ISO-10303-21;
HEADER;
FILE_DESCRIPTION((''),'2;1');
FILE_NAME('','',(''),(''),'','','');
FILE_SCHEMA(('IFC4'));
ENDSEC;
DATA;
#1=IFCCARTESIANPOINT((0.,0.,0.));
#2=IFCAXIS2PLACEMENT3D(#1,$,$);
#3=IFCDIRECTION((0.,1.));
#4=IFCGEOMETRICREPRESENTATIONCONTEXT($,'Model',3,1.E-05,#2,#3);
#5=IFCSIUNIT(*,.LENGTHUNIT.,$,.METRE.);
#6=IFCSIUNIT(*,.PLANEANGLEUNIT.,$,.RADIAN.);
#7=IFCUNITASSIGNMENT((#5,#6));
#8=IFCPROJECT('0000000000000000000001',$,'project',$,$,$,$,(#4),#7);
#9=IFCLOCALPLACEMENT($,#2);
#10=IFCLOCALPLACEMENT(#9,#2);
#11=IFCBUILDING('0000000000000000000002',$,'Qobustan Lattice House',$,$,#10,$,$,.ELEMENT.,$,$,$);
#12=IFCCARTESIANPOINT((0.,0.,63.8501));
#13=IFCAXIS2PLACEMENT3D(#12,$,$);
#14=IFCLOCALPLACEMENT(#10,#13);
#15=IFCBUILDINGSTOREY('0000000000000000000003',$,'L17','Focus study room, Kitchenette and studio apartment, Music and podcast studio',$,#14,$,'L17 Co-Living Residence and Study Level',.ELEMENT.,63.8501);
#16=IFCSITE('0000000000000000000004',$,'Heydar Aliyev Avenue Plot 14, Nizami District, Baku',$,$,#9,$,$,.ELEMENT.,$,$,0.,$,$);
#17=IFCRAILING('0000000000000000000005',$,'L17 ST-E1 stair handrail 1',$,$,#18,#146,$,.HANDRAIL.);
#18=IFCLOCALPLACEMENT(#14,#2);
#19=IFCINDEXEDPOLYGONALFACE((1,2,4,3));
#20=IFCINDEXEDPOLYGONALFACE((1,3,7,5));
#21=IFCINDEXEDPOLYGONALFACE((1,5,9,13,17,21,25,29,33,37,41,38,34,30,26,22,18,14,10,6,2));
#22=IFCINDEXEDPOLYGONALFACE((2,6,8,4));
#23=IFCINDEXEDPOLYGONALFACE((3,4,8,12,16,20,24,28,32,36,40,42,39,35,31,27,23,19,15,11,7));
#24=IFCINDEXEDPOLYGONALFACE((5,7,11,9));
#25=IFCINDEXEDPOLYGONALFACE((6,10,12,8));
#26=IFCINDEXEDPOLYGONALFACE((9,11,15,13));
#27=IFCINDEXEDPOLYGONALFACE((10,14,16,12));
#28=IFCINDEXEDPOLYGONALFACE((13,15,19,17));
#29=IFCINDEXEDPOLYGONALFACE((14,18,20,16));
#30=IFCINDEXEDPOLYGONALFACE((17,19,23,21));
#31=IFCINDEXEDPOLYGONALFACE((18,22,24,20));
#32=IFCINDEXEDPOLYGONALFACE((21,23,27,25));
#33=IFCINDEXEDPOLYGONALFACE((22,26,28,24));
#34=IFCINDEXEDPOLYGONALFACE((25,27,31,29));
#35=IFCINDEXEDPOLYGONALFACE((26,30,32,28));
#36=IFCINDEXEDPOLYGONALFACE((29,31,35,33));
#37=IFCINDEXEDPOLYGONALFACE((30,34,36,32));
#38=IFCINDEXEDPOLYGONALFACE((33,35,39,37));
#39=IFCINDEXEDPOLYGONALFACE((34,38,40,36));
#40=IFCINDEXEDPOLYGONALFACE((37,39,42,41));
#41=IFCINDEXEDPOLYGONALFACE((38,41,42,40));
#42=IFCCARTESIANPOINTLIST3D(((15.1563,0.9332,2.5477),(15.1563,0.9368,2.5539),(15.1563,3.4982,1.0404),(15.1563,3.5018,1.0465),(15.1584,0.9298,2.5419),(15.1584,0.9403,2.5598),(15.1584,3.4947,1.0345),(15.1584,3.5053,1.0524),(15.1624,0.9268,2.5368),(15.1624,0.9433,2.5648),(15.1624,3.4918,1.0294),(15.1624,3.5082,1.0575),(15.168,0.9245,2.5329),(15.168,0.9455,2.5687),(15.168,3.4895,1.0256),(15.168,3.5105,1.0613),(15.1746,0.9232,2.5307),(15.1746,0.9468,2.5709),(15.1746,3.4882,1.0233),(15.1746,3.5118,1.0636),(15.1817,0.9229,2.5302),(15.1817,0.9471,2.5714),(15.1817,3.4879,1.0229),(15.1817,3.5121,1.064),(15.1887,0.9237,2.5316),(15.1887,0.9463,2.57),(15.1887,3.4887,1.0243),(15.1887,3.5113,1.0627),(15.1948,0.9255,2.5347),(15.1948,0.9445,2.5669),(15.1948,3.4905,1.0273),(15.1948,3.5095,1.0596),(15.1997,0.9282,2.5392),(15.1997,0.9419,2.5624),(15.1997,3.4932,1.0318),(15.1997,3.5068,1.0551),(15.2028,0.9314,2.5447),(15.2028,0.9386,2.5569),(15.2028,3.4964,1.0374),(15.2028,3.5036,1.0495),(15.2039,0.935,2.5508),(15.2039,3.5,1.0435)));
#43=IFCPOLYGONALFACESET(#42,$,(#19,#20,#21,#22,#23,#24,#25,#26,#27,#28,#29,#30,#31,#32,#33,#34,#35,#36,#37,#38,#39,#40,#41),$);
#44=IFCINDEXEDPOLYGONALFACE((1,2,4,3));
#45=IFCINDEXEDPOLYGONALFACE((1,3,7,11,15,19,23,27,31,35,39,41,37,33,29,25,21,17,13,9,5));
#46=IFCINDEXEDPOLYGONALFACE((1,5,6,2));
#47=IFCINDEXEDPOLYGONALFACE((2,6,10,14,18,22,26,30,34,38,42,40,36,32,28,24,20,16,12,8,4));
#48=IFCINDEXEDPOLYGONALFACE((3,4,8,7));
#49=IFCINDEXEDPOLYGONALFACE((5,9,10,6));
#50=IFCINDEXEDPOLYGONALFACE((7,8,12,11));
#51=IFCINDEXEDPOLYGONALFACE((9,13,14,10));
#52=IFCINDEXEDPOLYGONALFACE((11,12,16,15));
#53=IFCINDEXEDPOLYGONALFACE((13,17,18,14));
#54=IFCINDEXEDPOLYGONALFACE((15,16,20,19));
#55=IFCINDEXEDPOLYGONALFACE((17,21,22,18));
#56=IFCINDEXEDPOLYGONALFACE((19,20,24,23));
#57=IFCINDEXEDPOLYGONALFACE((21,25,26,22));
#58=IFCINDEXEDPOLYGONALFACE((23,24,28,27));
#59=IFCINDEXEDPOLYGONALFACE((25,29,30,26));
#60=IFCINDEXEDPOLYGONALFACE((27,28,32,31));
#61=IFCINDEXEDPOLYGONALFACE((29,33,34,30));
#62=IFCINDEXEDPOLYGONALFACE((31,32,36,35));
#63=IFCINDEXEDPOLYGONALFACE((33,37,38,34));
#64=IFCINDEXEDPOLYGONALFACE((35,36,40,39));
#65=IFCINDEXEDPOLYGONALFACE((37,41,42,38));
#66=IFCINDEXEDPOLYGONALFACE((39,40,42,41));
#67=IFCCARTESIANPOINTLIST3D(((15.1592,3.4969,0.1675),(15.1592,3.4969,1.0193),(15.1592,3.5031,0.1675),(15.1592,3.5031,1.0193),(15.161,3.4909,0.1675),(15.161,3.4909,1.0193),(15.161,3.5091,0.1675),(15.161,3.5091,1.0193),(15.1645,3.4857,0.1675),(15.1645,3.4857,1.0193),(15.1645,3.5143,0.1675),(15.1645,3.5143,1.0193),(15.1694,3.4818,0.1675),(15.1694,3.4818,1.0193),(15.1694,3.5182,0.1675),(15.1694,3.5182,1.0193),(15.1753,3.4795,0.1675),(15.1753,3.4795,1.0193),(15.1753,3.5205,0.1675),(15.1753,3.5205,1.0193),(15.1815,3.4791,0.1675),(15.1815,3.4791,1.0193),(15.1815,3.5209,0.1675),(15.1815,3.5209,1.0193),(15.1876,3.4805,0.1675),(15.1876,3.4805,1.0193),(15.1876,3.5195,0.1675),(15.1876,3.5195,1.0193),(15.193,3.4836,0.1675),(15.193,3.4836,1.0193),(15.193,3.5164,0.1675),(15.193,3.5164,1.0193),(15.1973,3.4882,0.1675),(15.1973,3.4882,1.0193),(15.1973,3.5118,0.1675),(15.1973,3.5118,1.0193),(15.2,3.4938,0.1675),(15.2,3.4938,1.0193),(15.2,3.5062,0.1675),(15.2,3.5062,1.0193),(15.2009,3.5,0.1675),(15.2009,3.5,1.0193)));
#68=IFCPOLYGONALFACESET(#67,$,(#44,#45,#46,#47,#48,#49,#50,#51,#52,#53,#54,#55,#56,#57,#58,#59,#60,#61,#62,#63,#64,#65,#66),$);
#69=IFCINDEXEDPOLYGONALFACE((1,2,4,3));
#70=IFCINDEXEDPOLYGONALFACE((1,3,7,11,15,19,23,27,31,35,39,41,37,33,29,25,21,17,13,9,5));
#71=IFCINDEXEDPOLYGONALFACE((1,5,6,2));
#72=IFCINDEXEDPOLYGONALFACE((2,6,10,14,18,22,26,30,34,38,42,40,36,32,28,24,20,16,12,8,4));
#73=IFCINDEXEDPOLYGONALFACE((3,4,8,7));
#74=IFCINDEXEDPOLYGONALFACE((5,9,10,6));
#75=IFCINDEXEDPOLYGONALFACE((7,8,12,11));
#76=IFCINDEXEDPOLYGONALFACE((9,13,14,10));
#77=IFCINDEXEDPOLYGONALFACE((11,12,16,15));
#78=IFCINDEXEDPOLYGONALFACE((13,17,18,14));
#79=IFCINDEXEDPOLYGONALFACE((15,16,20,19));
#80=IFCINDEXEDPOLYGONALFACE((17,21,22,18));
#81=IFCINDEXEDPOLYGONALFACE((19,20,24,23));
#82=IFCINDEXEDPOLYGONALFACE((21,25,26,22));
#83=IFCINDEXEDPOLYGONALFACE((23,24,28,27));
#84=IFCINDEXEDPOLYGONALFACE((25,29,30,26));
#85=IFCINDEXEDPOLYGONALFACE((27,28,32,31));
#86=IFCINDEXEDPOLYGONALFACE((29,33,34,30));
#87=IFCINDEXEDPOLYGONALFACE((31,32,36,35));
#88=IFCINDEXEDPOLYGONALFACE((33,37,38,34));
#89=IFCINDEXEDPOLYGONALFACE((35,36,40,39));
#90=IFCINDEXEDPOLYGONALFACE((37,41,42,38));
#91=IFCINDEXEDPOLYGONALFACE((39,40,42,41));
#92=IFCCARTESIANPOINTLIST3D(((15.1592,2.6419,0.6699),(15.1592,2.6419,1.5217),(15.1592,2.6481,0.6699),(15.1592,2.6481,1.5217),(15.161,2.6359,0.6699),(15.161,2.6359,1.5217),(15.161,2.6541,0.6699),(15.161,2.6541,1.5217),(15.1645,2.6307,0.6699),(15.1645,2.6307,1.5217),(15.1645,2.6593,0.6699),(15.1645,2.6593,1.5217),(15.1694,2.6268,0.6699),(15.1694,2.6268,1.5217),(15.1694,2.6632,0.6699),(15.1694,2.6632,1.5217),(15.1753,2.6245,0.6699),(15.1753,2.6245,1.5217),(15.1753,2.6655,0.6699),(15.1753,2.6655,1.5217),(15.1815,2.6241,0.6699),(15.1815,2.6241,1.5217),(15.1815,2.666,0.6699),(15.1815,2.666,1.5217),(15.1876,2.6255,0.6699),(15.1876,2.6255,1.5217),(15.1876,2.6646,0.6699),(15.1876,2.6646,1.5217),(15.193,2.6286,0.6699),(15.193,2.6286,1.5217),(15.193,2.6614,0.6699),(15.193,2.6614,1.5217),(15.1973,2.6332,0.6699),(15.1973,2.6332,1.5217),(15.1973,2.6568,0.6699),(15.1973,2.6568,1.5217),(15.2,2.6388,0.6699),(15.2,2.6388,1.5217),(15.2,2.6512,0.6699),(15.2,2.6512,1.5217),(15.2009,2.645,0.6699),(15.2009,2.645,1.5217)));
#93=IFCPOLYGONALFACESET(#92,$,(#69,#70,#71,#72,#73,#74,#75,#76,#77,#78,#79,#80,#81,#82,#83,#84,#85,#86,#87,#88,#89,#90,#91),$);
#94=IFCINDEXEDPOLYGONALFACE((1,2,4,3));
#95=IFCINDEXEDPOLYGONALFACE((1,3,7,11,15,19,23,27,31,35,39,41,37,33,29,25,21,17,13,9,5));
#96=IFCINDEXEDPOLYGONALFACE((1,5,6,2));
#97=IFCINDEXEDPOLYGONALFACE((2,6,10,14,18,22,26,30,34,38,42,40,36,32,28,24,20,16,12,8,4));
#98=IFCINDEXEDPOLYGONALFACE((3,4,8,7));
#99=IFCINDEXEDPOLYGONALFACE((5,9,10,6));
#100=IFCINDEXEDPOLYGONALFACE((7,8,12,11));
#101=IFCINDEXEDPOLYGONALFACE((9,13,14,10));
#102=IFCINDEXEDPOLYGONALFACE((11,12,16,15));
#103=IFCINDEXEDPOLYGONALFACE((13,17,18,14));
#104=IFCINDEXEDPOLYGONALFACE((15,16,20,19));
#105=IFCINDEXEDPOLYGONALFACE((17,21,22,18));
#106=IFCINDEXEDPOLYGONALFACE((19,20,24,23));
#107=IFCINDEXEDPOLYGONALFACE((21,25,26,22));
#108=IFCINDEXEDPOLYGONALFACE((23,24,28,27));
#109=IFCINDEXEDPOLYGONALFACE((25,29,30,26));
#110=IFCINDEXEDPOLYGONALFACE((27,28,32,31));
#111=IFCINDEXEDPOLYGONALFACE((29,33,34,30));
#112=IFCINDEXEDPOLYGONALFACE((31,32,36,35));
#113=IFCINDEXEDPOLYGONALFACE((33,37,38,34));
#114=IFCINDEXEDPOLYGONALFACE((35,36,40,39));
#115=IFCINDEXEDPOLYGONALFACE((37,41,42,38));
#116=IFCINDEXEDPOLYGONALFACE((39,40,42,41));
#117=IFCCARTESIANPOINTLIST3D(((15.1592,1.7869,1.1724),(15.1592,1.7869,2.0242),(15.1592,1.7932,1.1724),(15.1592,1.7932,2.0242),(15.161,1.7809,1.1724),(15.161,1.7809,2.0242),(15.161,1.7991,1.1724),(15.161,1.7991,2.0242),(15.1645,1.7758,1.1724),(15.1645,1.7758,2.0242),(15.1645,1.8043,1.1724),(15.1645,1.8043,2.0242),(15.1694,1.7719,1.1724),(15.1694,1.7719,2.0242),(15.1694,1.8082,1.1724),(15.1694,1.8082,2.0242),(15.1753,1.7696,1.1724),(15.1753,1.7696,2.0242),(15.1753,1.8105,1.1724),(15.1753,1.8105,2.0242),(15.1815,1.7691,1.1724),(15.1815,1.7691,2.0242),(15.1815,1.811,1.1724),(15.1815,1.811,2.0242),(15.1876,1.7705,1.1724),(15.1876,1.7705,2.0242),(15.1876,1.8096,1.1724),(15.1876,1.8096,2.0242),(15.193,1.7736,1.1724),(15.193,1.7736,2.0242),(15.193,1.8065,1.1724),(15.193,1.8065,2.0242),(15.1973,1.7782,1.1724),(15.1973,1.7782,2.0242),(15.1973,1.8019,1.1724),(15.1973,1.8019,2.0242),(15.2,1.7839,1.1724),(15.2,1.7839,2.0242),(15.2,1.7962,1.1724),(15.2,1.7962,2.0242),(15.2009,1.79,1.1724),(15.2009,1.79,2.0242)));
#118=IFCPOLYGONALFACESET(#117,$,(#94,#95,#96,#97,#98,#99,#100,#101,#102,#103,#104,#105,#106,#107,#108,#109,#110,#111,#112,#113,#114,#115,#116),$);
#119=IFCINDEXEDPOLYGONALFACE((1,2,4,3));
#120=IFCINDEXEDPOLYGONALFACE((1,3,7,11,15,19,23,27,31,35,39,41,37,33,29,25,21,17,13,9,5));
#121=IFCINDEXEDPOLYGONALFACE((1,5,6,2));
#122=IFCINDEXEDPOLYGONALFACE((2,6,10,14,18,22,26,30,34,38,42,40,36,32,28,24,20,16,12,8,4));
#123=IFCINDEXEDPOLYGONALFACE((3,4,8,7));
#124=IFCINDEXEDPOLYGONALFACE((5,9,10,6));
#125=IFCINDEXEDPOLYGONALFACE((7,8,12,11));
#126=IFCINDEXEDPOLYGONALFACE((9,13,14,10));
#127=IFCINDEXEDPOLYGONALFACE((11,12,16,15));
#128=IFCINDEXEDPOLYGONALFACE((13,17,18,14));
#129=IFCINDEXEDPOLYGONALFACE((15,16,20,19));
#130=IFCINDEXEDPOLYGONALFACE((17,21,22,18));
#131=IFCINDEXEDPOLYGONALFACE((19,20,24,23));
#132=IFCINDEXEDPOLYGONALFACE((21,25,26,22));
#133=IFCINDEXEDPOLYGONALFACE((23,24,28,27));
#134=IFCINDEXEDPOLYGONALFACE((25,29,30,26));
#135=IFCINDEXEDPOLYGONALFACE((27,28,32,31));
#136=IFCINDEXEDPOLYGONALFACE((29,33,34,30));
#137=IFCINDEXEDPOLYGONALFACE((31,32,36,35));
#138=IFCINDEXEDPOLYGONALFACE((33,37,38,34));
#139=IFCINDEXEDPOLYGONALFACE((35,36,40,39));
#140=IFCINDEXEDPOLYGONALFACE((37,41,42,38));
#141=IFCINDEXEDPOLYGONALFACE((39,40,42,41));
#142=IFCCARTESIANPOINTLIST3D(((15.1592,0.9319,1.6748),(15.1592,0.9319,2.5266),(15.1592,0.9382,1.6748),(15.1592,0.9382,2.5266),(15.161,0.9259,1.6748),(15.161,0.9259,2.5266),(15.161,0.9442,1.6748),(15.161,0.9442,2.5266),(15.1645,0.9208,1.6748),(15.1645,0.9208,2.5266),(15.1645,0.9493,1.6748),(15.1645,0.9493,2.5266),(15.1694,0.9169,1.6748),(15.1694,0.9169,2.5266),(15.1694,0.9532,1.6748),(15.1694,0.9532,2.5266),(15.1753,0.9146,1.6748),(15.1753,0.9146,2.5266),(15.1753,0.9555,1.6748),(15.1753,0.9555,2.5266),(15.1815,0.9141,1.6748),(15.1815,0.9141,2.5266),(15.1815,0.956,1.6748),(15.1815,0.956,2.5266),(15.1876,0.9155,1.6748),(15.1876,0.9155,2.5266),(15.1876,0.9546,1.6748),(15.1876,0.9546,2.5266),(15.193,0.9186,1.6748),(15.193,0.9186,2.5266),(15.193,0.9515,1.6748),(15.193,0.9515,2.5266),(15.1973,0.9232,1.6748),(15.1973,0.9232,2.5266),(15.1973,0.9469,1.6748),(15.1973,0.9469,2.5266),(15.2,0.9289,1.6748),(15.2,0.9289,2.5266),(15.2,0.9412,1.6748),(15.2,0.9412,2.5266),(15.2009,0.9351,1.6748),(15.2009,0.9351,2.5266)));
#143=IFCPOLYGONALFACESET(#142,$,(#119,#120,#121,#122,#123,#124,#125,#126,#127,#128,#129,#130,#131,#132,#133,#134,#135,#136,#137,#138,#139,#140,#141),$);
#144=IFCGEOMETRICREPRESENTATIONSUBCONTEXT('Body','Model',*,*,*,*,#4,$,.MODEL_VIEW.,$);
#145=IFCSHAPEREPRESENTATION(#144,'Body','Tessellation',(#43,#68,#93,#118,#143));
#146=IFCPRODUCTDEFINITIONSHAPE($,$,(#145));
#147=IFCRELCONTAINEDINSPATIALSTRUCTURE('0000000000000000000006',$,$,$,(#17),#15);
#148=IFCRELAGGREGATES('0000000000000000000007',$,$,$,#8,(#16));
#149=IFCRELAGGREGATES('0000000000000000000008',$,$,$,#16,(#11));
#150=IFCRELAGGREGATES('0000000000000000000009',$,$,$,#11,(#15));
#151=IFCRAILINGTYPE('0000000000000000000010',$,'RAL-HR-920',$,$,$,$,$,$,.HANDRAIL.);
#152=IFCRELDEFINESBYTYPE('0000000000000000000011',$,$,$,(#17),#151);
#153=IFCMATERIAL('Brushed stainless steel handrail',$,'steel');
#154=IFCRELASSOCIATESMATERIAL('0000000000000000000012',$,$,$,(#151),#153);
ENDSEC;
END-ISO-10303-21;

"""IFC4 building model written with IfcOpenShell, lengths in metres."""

from ifc_helpers import new_model, si_unit, direction, frame, origin, origin_2d, place, context, subcontext, project, spatial, circle, extrude, material, type_object, element, save


model = new_model("IFC4")

# Units and contexts
model_context = context("Model", 3, precision=1e-05, world=origin(), true_north=direction((0.0, 1.0)))
body_context = subcontext(model_context, "Body", "Model", "MODEL_VIEW")
ifc_project = project(units=[si_unit("LENGTHUNIT", "METRE"), si_unit("PLANEANGLEUNIT", "RADIAN")], contexts=[model_context])

# Site, building, storey
site_placement = place(None, origin())
site = spatial("IfcSite", under=ifc_project, at=site_placement, Name="Heydar Aliyev Avenue Plot 14, Nizami District, Baku", CompositionType="ELEMENT", RefElevation=0.0)
building_placement = place(site_placement, origin())
building = spatial("IfcBuilding", under=site, at=building_placement, Name="Qobustan Lattice House", CompositionType="ELEMENT")
storey_placement = place(building_placement, frame((0.0, 0.0, 63.8501)))
storey = spatial("IfcBuildingStorey", under=building, at=storey_placement, Name="L17", Description="Focus study room, Kitchenette and studio apartment, Music and podcast studio", LongName="L17 Co-Living Residence and Study Level", CompositionType="ELEMENT", Elevation=63.8501)

# Railing
ifc_material_1 = material(Name="Brushed stainless steel handrail", Category="steel")
railing_type_1 = type_object("IfcRailingType", Name="RAL-HR-920", PredefinedType="HANDRAIL", material=ifc_material_1)
railing_1_placement = place(storey_placement, frame((15.1799, 3.5, 0.1675)))
element("IfcRailing", 1, at=railing_1_placement, inside=storey, type_object=railing_type_1, Name="L17 ST-E1 stair handrail 1", PredefinedType="HANDRAIL", context=body_context, shape_type="SweptSolid", body=[
    extrude(circle(Radius=0.0239, at=origin_2d()), frame((0.0, 0.0, 0.876), z_axis=(0.0, -0.862149, 0.506654), x_axis=(1.0, 0.0, 0.0)), (0.0, 0.0, 1.0), 2.9751),
    extrude(circle(Radius=0.021, at=origin_2d()), origin(), (0.0, 0.0, 1.0), 0.8518),
    extrude(circle(Radius=0.021, at=origin_2d()), frame((0.0, -0.855, 0.5024)), (0.0, 0.0, 1.0), 0.8518),
    extrude(circle(Radius=0.021, at=origin_2d()), frame((0.0, -1.71, 1.0049)), (0.0, 0.0, 1.0), 0.8518),
    extrude(circle(Radius=0.021, at=origin_2d()), frame((0.0, -2.5649, 1.5073)), (0.0, 0.0, 1.0), 0.8518),
])

save(model, "model.ifc")
